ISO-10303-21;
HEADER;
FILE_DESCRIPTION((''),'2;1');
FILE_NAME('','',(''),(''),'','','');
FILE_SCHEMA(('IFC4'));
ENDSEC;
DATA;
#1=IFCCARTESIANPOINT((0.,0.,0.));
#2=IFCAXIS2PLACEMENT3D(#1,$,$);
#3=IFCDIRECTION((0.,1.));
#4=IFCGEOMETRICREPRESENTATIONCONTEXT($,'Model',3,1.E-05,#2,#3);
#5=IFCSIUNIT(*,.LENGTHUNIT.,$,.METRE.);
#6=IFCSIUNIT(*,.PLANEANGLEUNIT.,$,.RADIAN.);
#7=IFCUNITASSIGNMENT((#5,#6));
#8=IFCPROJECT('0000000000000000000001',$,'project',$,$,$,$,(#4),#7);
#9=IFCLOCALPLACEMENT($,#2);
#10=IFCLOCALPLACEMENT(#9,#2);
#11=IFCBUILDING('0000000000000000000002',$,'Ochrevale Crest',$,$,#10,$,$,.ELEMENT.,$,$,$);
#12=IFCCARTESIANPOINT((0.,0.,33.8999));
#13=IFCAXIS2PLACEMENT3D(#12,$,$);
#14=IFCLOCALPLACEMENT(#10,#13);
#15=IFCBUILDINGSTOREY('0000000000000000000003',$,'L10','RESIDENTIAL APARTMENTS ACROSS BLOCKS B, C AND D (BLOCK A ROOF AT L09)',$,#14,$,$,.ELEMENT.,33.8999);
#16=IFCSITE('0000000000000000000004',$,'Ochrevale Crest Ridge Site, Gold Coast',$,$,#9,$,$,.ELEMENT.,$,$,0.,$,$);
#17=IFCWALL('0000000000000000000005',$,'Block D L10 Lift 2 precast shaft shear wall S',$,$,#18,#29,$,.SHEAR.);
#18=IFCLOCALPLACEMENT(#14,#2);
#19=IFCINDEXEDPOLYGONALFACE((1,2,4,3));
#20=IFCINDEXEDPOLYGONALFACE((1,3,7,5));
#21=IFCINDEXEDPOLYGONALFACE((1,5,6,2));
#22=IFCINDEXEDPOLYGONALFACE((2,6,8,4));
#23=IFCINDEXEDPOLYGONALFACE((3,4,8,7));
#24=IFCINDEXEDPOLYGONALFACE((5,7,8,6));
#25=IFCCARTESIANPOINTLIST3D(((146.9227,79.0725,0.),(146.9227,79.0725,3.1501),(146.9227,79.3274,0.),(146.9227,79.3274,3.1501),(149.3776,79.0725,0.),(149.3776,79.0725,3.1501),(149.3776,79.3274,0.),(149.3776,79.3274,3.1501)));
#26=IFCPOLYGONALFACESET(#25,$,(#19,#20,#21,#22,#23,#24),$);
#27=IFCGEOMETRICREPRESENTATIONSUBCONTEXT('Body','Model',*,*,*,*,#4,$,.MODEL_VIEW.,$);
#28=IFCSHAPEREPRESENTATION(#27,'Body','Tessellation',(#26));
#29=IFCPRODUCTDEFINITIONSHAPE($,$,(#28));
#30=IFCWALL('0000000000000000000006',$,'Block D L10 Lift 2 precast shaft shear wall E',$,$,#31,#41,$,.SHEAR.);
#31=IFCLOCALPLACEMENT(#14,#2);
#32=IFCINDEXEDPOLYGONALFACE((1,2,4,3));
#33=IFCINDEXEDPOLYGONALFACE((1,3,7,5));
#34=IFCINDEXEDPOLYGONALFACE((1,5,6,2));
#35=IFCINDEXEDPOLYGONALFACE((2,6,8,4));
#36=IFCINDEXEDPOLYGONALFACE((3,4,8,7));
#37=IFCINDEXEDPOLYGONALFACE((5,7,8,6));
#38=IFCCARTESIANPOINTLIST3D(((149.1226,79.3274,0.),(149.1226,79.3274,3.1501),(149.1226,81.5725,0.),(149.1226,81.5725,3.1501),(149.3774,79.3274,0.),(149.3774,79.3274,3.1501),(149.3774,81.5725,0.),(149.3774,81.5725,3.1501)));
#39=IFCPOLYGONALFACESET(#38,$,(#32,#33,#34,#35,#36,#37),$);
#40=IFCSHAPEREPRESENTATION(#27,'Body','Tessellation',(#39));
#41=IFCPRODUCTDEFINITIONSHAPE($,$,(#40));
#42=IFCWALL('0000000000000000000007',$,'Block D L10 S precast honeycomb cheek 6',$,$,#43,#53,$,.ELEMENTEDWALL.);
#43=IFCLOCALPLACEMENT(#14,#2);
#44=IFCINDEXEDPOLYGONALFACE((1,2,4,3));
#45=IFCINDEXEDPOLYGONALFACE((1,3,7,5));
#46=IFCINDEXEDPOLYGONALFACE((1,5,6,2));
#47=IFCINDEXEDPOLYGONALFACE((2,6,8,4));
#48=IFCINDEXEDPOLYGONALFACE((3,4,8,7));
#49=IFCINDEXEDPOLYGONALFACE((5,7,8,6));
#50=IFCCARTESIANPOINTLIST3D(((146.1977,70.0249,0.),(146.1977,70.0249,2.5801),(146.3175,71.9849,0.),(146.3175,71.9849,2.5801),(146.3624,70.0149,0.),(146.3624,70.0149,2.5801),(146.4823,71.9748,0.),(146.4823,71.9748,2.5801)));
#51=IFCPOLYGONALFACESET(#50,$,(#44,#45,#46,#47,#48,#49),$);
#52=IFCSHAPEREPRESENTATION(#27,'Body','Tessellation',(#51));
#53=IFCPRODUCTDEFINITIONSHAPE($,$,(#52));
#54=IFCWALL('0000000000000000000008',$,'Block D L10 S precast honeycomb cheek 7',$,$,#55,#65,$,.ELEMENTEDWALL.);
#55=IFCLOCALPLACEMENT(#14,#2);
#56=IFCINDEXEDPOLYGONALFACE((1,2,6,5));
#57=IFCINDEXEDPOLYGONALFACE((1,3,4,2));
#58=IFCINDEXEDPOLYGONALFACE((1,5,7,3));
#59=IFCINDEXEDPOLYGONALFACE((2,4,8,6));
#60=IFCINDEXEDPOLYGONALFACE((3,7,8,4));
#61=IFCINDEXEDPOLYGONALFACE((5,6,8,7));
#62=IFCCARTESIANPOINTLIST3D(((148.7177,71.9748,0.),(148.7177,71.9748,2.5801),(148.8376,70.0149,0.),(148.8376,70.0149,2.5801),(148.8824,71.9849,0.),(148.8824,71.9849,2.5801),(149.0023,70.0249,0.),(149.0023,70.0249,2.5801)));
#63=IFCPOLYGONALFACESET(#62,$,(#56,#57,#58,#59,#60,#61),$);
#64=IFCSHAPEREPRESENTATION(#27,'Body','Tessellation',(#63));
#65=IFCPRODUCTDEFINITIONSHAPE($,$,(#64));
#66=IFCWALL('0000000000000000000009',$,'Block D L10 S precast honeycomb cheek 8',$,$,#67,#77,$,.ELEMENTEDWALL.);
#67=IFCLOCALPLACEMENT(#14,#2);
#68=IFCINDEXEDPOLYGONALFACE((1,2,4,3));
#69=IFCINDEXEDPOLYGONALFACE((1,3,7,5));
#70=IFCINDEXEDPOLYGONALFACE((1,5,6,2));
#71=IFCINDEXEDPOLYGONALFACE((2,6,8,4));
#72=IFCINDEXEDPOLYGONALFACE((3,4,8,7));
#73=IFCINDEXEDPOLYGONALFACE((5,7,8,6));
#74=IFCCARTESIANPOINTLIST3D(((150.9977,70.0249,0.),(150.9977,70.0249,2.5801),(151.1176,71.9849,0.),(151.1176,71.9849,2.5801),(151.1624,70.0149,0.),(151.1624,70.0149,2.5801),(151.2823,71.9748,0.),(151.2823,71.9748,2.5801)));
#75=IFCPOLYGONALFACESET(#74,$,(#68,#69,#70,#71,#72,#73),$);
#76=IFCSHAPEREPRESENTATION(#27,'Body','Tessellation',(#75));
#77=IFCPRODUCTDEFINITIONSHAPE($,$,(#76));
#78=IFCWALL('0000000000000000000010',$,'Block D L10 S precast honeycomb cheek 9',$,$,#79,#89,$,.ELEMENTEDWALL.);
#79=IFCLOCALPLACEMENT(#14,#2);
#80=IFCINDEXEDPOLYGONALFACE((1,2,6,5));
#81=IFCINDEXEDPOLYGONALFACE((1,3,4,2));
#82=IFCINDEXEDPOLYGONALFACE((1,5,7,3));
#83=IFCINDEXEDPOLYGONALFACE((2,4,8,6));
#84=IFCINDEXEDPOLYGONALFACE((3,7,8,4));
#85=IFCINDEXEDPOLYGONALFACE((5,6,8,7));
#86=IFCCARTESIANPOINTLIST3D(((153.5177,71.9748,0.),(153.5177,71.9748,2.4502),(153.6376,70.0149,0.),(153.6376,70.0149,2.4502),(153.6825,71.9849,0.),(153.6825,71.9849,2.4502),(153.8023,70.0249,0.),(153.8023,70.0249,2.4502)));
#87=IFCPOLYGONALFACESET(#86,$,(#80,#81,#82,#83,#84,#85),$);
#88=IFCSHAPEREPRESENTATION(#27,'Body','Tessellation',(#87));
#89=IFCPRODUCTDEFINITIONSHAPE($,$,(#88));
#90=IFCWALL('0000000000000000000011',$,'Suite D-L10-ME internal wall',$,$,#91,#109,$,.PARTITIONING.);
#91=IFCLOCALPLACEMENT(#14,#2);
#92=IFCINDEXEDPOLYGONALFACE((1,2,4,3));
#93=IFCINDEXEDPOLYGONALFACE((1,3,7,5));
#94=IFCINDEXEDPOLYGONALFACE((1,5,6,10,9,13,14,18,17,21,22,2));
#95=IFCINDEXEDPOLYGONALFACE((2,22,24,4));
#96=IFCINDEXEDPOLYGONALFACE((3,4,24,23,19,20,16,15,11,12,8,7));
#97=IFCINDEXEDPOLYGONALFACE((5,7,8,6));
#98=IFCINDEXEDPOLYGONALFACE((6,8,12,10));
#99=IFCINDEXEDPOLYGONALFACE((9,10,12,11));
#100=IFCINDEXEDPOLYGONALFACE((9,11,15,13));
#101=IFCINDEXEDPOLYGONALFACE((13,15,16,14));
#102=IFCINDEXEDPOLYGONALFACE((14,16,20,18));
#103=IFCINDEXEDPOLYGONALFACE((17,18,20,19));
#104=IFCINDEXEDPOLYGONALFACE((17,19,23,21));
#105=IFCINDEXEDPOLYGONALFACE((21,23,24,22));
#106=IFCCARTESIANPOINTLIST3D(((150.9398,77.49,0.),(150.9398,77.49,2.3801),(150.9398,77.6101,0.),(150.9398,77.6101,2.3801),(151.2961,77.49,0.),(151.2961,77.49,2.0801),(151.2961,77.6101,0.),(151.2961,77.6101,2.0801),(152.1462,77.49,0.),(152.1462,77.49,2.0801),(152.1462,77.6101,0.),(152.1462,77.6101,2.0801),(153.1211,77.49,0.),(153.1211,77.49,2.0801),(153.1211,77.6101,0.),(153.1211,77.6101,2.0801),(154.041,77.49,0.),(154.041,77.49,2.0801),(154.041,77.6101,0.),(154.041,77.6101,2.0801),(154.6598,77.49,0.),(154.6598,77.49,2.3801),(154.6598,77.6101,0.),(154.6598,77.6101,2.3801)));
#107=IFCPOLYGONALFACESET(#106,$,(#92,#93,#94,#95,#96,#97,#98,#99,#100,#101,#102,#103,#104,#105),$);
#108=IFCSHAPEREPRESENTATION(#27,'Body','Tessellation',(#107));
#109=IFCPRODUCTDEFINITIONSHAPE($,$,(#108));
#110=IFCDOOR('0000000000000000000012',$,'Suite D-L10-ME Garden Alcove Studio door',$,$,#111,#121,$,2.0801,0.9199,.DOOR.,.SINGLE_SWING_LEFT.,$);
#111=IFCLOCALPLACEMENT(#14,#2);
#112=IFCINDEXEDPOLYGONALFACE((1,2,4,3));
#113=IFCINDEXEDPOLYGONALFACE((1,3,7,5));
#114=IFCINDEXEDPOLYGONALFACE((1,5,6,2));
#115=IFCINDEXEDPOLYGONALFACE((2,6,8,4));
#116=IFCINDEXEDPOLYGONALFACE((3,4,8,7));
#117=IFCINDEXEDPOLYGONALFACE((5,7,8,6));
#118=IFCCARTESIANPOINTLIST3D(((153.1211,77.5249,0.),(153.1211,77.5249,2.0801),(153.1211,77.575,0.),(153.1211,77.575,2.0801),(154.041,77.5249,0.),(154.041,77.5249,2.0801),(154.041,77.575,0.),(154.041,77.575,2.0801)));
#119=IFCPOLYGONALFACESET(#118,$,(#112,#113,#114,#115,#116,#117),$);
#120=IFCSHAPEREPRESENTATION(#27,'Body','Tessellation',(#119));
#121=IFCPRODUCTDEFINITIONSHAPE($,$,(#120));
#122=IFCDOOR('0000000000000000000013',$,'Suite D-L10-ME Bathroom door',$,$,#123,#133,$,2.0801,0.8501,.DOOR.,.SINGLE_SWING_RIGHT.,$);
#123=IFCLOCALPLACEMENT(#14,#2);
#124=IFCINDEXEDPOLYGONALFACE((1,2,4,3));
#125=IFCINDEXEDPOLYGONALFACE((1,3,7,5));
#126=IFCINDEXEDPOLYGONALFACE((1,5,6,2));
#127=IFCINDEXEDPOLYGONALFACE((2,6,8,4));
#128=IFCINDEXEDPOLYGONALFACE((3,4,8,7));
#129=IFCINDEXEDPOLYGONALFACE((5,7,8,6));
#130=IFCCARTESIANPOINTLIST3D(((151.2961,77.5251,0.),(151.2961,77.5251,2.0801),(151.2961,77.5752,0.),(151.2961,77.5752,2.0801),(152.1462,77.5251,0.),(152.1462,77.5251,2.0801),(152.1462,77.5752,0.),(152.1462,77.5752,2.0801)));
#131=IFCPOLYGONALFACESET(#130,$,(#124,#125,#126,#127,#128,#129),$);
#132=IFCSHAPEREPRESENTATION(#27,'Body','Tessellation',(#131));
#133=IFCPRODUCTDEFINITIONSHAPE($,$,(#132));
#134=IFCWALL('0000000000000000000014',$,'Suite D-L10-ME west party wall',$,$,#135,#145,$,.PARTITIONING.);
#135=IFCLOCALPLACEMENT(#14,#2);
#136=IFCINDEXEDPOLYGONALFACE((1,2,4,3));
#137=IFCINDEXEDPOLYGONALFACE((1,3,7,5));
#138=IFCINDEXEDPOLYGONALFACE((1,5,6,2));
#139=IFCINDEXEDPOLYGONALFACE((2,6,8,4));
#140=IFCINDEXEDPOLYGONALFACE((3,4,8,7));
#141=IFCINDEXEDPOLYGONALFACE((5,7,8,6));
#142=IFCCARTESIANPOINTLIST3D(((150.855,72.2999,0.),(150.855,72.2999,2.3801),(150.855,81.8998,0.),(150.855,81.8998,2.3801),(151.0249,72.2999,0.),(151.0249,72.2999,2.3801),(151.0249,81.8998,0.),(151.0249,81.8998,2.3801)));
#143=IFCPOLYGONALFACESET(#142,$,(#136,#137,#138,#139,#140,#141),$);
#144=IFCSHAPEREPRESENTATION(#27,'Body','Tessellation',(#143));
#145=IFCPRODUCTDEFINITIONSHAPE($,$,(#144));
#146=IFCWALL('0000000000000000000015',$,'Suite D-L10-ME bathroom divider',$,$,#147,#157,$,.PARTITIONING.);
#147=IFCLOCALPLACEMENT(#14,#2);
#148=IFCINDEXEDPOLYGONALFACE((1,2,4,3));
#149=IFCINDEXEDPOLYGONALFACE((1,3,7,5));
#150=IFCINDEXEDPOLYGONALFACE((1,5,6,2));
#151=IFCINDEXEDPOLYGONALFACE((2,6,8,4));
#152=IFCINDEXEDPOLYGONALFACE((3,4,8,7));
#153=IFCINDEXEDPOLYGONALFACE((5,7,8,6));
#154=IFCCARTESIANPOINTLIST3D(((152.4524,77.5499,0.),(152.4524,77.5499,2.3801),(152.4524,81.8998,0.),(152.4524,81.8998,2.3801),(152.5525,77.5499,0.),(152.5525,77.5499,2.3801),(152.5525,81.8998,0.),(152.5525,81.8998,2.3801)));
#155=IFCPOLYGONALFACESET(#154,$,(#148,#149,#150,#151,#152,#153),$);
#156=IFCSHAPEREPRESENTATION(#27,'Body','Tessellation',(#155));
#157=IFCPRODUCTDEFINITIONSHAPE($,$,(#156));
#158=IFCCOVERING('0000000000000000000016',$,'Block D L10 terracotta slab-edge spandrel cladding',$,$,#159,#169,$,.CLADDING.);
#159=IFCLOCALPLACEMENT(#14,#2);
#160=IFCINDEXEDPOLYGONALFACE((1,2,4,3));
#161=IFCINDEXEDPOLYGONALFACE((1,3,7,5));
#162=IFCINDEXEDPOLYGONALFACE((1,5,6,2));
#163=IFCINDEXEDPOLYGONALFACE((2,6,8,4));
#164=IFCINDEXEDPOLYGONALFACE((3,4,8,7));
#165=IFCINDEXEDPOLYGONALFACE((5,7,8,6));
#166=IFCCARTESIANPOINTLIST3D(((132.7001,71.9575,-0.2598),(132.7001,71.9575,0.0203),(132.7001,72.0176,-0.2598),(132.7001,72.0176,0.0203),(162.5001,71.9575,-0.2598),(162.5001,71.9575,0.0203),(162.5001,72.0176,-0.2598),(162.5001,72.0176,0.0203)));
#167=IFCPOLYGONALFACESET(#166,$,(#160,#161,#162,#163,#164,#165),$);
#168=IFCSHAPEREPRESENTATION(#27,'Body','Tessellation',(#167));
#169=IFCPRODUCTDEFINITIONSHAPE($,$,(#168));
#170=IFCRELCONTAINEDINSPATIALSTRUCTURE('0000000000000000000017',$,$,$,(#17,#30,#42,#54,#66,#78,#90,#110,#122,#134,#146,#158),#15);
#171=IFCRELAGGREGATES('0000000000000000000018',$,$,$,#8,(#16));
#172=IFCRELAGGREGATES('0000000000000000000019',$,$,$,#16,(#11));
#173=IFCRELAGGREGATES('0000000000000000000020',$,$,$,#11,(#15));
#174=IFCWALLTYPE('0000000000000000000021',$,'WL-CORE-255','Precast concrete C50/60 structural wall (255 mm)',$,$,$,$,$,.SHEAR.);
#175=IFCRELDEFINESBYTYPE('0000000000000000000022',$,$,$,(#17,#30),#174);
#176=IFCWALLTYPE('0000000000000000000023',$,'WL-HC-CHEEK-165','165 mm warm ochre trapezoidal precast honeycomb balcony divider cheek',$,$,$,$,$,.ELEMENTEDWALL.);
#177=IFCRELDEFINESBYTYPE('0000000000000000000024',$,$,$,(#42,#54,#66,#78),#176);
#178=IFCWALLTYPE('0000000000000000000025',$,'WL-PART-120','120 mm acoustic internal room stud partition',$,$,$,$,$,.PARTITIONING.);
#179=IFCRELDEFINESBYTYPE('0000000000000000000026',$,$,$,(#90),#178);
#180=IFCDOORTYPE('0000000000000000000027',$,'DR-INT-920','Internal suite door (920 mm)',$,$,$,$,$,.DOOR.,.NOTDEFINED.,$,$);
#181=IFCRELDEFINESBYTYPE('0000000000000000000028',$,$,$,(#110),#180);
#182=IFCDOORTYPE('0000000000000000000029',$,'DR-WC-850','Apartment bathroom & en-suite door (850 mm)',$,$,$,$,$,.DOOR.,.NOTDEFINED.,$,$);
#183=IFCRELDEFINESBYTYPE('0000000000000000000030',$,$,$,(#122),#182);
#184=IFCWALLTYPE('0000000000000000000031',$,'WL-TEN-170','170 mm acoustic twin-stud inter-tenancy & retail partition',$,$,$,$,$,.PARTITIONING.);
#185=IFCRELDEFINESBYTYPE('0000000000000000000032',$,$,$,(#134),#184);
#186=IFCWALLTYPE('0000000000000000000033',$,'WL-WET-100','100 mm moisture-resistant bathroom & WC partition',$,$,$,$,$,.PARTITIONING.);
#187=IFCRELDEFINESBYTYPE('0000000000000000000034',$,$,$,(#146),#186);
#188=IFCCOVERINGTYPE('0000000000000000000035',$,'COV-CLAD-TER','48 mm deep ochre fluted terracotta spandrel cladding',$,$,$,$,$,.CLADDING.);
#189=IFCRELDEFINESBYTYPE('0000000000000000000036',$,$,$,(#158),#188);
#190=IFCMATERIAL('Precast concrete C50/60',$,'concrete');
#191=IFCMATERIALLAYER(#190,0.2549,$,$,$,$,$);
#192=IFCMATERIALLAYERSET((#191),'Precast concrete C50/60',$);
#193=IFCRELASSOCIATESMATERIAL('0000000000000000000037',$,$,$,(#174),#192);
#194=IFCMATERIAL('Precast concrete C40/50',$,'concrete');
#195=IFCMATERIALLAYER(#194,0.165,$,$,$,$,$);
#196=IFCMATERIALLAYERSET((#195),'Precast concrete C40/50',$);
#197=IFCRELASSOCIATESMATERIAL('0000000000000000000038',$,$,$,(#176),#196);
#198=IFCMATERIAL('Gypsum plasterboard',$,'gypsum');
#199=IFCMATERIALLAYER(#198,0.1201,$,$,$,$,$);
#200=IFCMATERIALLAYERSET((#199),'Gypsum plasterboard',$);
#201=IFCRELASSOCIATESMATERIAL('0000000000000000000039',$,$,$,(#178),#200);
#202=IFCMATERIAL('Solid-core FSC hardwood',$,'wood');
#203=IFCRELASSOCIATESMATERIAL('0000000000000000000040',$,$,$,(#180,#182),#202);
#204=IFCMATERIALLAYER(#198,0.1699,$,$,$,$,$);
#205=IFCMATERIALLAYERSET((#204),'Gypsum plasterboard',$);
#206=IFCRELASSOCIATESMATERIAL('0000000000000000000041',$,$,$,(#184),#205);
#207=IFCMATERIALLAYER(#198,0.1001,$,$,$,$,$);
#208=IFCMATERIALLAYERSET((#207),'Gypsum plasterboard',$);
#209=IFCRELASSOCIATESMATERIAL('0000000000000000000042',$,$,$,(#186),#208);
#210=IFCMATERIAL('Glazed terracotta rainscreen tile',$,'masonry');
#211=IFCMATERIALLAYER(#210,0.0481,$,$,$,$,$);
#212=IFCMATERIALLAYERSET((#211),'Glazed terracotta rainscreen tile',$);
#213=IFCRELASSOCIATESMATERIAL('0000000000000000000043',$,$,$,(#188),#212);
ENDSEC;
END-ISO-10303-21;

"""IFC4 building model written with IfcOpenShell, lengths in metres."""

from ifc_helpers import new_model, si_unit, direction, frame, frame_2d, origin, origin_2d, place, context, subcontext, project, spatial, rectangle, extrude, material, layer, layer_set, type_object, element, fill, save


model = new_model("IFC4")

# Units and contexts
model_context = context("Model", 3, precision=1e-05, world=origin(), true_north=direction((0.0, 1.0)))
body_context = subcontext(model_context, "Body", "Model", "MODEL_VIEW")
ifc_project = project(units=[si_unit("LENGTHUNIT", "METRE"), si_unit("PLANEANGLEUNIT", "RADIAN")], contexts=[model_context])

# Site, building, storey
site_placement = place(None, origin())
site = spatial("IfcSite", under=ifc_project, at=site_placement, Name="Ochrevale Crest Ridge Site, Gold Coast", CompositionType="ELEMENT", RefElevation=0.0)
building_placement = place(site_placement, origin())
building = spatial("IfcBuilding", under=site, at=building_placement, Name="Ochrevale Crest", CompositionType="ELEMENT")
storey_placement = place(building_placement, frame((0.0, 0.0, 33.8999)))
storey = spatial("IfcBuildingStorey", under=building, at=storey_placement, Name="L10", Description="RESIDENTIAL APARTMENTS ACROSS BLOCKS B, C AND D (BLOCK A ROOF AT L09)", CompositionType="ELEMENT", Elevation=33.8999)

# Shared definitions
ifc_material_1 = material(Name="Precast concrete C40/50", Category="concrete")
ifc_material_2 = material(Name="Precast concrete C50/60", Category="concrete")

# Walls
ifc_layer_1 = layer(ifc_material_2, 0.2549)
ifc_layer_set_1 = layer_set([ifc_layer_1], Name="Precast concrete C50/60")
wall_type_1 = type_object("IfcWallType", Name="WL-CORE-255", Description="Precast concrete C50/60 structural wall (255 mm)", PredefinedType="SHEAR", material=ifc_layer_set_1)
wall_1_placement = place(storey_placement, frame((146.9226, 79.2, 0.0), z_axis=(0.0, 0.0, 1.0), x_axis=(1.0, 0.0, 0.0)))
element("IfcWall", 1, at=wall_1_placement, inside=storey, type_object=wall_type_1, Name="Block D L10 Lift 2 precast shaft shear wall S", PredefinedType="SHEAR", context=body_context, shape_type="SweptSolid", body=[
    extrude(rectangle(XDim=2.4548, YDim=0.2549, at=frame_2d((1.2275, 0.0))), origin(), (0.0, 0.0, 1.0), 3.1501),
])
wall_2_placement = place(storey_placement, frame((149.25, 79.3274, 0.0), z_axis=(0.0, 0.0, 1.0), x_axis=(0.0, 1.0, 0.0)))
element("IfcWall", 2, at=wall_2_placement, inside=storey, type_object=wall_type_1, Name="Block D L10 Lift 2 precast shaft shear wall E", PredefinedType="SHEAR", context=body_context, shape_type="SweptSolid", body=[
    extrude(rectangle(XDim=2.2451, YDim=0.2549, at=frame_2d((1.1226, 0.0))), origin(), (0.0, 0.0, 1.0), 3.1501),
])
ifc_layer_2 = layer(ifc_material_1, 0.165)
ifc_layer_set_2 = layer_set([ifc_layer_2], Name="Precast concrete C40/50")
wall_type_2 = type_object("IfcWallType", Name="WL-HC-CHEEK-165", Description="165 mm warm ochre trapezoidal precast honeycomb balcony divider cheek", PredefinedType="ELEMENTEDWALL", material=ifc_layer_set_2)
for number, where, z_axis, x_axis, name in (
    (3, (146.3999, 71.98, 0.0), (0.0, 0.0, 1.0), (-0.061047, -0.998135, 0.0), "Block D L10 S precast honeycomb cheek 6"),
    (4, (148.8, 71.98, 0.0), (0.0, 0.0, 1.0), (0.061047, -0.998135, 0.0), "Block D L10 S precast honeycomb cheek 7"),
    (5, (151.2, 71.98, 0.0), (0.0, 0.0, 1.0), (-0.061047, -0.998135, 0.0), "Block D L10 S precast honeycomb cheek 8"),
):
    element("IfcWall", number, at=place(storey_placement, frame(where, z_axis=z_axis, x_axis=x_axis)), inside=storey, type_object=wall_type_2, Name=name, PredefinedType="ELEMENTEDWALL", context=body_context, shape_type="SweptSolid", body=[
        extrude(rectangle(XDim=1.9636, YDim=0.165, at=frame_2d((0.9819, 0.0))), origin(), (0.0, 0.0, 1.0), 2.5801),
    ])
wall_3_placement = place(storey_placement, frame((153.6001, 71.98, 0.0), z_axis=(0.0, 0.0, 1.0), x_axis=(0.061047, -0.998135, 0.0)))
element("IfcWall", 6, at=wall_3_placement, inside=storey, type_object=wall_type_2, Name="Block D L10 S precast honeycomb cheek 9", PredefinedType="ELEMENTEDWALL", context=body_context, shape_type="SweptSolid", body=[
    extrude(rectangle(XDim=1.9636, YDim=0.165, at=frame_2d((0.9819, 0.0))), origin(), (0.0, 0.0, 1.0), 2.4502),
])

# Wall, openings, doors
ifc_material_3 = material(Name="Gypsum plasterboard", Category="gypsum")
ifc_layer_3 = layer(ifc_material_3, 0.1201)
ifc_layer_set_3 = layer_set([ifc_layer_3], Name="Gypsum plasterboard")
wall_type_3 = type_object("IfcWallType", Name="WL-PART-120", Description="120 mm acoustic internal room stud partition", PredefinedType="PARTITIONING", material=ifc_layer_set_3)
wall_4_placement = place(storey_placement, frame((150.9399, 77.55, 0.0), z_axis=(0.0, 0.0, 1.0), x_axis=(1.0, 0.0, 0.0)))
wall_4 = element("IfcWall", 7, at=wall_4_placement, inside=storey, type_object=wall_type_3, Name="Suite D-L10-ME internal wall", PredefinedType="PARTITIONING", context=body_context, shape_type="SweptSolid", body=[
    extrude(rectangle(XDim=3.72, YDim=0.1201, at=frame_2d((1.8599, 0.0))), origin(), (0.0, 0.0, 1.0), 2.3801),
])
opening_1_placement = place(wall_4_placement, frame((1.2063, 0.0, 0.0), z_axis=(0.0, 0.0, 1.0), x_axis=(-1.0, 0.0, 0.0)))
opening_1 = element("IfcOpeningElement", 8, at=opening_1_placement, cuts=wall_4, PredefinedType="OPENING", context=body_context, shape_type="SweptSolid", body=[
    extrude(rectangle(XDim=0.8501, YDim=2.0801, at=frame_2d((0.425, 1.04))), frame((0.0, 0.0701, 0.0), z_axis=(0.0, -1.0, 0.0), x_axis=(1.0, 0.0, 0.0)), (0.0, 0.0, 1.0), 0.1401),
])
opening_2_placement = place(wall_4_placement, frame((2.1812, 0.0, 0.0)))
opening_2 = element("IfcOpeningElement", 9, at=opening_2_placement, cuts=wall_4, PredefinedType="OPENING", context=body_context, shape_type="SweptSolid", body=[
    extrude(rectangle(XDim=0.9199, YDim=2.0801, at=frame_2d((0.46, 1.04))), frame((0.0, 0.0701, 0.0), z_axis=(0.0, -1.0, 0.0), x_axis=(1.0, 0.0, 0.0)), (0.0, 0.0, 1.0), 0.1401),
])
ifc_material_4 = material(Name="Solid-core FSC hardwood", Category="wood")
door_type_1 = type_object("IfcDoorType", Name="DR-INT-920", Description="Internal suite door (920 mm)", OperationType="NOTDEFINED", PredefinedType="DOOR", material=ifc_material_4)
door_1_placement = place(opening_2_placement, origin())
door_1 = element("IfcDoor", 10, at=door_1_placement, inside=storey, type_object=door_type_1, Name="Suite D-L10-ME Garden Alcove Studio door", OperationType="SINGLE_SWING_LEFT", OverallHeight=2.0801, OverallWidth=0.9199, PredefinedType="DOOR", context=body_context, shape_type="SweptSolid", body=[
    extrude(rectangle(XDim=0.9199, YDim=2.0801, at=frame_2d((0.46, 1.04))), frame((0.0, 0.0249, 0.0), z_axis=(0.0, -1.0, 0.0), x_axis=(1.0, 0.0, 0.0)), (0.0, 0.0, 1.0), 0.05),
])
fill(opening_2, door_1)
door_type_2 = type_object("IfcDoorType", Name="DR-WC-850", Description="Apartment bathroom & en-suite door (850 mm)", OperationType="NOTDEFINED", PredefinedType="DOOR", material=ifc_material_4)
door_2_placement = place(opening_1_placement, origin())
door_2 = element("IfcDoor", 11, at=door_2_placement, inside=storey, type_object=door_type_2, Name="Suite D-L10-ME Bathroom door", OperationType="SINGLE_SWING_RIGHT", OverallHeight=2.0801, OverallWidth=0.8501, PredefinedType="DOOR", context=body_context, shape_type="SweptSolid", body=[
    extrude(rectangle(XDim=0.8501, YDim=2.0801, at=frame_2d((0.425, 1.04))), frame((0.0, 0.0249, 0.0), z_axis=(0.0, -1.0, 0.0), x_axis=(1.0, 0.0, 0.0)), (0.0, 0.0, 1.0), 0.05),
])
fill(opening_1, door_2)

# Walls
ifc_layer_4 = layer(ifc_material_3, 0.1699)
ifc_layer_set_4 = layer_set([ifc_layer_4], Name="Gypsum plasterboard")
wall_type_4 = type_object("IfcWallType", Name="WL-TEN-170", Description="170 mm acoustic twin-stud inter-tenancy & retail partition", PredefinedType="PARTITIONING", material=ifc_layer_set_4)
wall_5_placement = place(storey_placement, frame((150.9399, 72.3, 0.0), z_axis=(0.0, 0.0, 1.0), x_axis=(0.0, 1.0, 0.0)))
element("IfcWall", 12, at=wall_5_placement, inside=storey, type_object=wall_type_4, Name="Suite D-L10-ME west party wall", PredefinedType="PARTITIONING", context=body_context, shape_type="SweptSolid", body=[
    extrude(rectangle(XDim=9.5999, YDim=0.1699, at=frame_2d((4.7998, 0.0))), origin(), (0.0, 0.0, 1.0), 2.3801),
])
ifc_layer_5 = layer(ifc_material_3, 0.1001)
ifc_layer_set_5 = layer_set([ifc_layer_5], Name="Gypsum plasterboard")
wall_type_5 = type_object("IfcWallType", Name="WL-WET-100", Description="100 mm moisture-resistant bathroom & WC partition", PredefinedType="PARTITIONING", material=ifc_layer_set_5)
wall_6_placement = place(storey_placement, frame((152.5024, 77.55, 0.0), z_axis=(0.0, 0.0, 1.0), x_axis=(0.0, 1.0, 0.0)))
element("IfcWall", 13, at=wall_6_placement, inside=storey, type_object=wall_type_5, Name="Suite D-L10-ME bathroom divider", PredefinedType="PARTITIONING", context=body_context, shape_type="SweptSolid", body=[
    extrude(rectangle(XDim=4.3499, YDim=0.1001, at=frame_2d((2.1748, 0.0))), origin(), (0.0, 0.0, 1.0), 2.3801),
])

# Covering
ifc_material_5 = material(Name="Glazed terracotta rainscreen tile", Category="masonry")
ifc_layer_6 = layer(ifc_material_5, 0.0481)
ifc_layer_set_6 = layer_set([ifc_layer_6], Name="Glazed terracotta rainscreen tile")
covering_type = type_object("IfcCoveringType", Name="COV-CLAD-TER", Description="48 mm deep ochre fluted terracotta spandrel cladding", PredefinedType="CLADDING", material=ifc_layer_set_6)
covering_placement = place(storey_placement, frame((147.6001, 71.9875, -0.2598), z_axis=(0.0, 0.0, 1.0), x_axis=(1.0, 0.0, 0.0)))
element("IfcCovering", 14, at=covering_placement, inside=storey, type_object=covering_type, Name="Block D L10 terracotta slab-edge spandrel cladding", PredefinedType="CLADDING", context=body_context, shape_type="SweptSolid", body=[
    extrude(rectangle(XDim=29.8, YDim=0.0601, at=origin_2d()), origin(), (0.0, 0.0, 1.0), 0.28),
])

save(model, "model.ifc")
